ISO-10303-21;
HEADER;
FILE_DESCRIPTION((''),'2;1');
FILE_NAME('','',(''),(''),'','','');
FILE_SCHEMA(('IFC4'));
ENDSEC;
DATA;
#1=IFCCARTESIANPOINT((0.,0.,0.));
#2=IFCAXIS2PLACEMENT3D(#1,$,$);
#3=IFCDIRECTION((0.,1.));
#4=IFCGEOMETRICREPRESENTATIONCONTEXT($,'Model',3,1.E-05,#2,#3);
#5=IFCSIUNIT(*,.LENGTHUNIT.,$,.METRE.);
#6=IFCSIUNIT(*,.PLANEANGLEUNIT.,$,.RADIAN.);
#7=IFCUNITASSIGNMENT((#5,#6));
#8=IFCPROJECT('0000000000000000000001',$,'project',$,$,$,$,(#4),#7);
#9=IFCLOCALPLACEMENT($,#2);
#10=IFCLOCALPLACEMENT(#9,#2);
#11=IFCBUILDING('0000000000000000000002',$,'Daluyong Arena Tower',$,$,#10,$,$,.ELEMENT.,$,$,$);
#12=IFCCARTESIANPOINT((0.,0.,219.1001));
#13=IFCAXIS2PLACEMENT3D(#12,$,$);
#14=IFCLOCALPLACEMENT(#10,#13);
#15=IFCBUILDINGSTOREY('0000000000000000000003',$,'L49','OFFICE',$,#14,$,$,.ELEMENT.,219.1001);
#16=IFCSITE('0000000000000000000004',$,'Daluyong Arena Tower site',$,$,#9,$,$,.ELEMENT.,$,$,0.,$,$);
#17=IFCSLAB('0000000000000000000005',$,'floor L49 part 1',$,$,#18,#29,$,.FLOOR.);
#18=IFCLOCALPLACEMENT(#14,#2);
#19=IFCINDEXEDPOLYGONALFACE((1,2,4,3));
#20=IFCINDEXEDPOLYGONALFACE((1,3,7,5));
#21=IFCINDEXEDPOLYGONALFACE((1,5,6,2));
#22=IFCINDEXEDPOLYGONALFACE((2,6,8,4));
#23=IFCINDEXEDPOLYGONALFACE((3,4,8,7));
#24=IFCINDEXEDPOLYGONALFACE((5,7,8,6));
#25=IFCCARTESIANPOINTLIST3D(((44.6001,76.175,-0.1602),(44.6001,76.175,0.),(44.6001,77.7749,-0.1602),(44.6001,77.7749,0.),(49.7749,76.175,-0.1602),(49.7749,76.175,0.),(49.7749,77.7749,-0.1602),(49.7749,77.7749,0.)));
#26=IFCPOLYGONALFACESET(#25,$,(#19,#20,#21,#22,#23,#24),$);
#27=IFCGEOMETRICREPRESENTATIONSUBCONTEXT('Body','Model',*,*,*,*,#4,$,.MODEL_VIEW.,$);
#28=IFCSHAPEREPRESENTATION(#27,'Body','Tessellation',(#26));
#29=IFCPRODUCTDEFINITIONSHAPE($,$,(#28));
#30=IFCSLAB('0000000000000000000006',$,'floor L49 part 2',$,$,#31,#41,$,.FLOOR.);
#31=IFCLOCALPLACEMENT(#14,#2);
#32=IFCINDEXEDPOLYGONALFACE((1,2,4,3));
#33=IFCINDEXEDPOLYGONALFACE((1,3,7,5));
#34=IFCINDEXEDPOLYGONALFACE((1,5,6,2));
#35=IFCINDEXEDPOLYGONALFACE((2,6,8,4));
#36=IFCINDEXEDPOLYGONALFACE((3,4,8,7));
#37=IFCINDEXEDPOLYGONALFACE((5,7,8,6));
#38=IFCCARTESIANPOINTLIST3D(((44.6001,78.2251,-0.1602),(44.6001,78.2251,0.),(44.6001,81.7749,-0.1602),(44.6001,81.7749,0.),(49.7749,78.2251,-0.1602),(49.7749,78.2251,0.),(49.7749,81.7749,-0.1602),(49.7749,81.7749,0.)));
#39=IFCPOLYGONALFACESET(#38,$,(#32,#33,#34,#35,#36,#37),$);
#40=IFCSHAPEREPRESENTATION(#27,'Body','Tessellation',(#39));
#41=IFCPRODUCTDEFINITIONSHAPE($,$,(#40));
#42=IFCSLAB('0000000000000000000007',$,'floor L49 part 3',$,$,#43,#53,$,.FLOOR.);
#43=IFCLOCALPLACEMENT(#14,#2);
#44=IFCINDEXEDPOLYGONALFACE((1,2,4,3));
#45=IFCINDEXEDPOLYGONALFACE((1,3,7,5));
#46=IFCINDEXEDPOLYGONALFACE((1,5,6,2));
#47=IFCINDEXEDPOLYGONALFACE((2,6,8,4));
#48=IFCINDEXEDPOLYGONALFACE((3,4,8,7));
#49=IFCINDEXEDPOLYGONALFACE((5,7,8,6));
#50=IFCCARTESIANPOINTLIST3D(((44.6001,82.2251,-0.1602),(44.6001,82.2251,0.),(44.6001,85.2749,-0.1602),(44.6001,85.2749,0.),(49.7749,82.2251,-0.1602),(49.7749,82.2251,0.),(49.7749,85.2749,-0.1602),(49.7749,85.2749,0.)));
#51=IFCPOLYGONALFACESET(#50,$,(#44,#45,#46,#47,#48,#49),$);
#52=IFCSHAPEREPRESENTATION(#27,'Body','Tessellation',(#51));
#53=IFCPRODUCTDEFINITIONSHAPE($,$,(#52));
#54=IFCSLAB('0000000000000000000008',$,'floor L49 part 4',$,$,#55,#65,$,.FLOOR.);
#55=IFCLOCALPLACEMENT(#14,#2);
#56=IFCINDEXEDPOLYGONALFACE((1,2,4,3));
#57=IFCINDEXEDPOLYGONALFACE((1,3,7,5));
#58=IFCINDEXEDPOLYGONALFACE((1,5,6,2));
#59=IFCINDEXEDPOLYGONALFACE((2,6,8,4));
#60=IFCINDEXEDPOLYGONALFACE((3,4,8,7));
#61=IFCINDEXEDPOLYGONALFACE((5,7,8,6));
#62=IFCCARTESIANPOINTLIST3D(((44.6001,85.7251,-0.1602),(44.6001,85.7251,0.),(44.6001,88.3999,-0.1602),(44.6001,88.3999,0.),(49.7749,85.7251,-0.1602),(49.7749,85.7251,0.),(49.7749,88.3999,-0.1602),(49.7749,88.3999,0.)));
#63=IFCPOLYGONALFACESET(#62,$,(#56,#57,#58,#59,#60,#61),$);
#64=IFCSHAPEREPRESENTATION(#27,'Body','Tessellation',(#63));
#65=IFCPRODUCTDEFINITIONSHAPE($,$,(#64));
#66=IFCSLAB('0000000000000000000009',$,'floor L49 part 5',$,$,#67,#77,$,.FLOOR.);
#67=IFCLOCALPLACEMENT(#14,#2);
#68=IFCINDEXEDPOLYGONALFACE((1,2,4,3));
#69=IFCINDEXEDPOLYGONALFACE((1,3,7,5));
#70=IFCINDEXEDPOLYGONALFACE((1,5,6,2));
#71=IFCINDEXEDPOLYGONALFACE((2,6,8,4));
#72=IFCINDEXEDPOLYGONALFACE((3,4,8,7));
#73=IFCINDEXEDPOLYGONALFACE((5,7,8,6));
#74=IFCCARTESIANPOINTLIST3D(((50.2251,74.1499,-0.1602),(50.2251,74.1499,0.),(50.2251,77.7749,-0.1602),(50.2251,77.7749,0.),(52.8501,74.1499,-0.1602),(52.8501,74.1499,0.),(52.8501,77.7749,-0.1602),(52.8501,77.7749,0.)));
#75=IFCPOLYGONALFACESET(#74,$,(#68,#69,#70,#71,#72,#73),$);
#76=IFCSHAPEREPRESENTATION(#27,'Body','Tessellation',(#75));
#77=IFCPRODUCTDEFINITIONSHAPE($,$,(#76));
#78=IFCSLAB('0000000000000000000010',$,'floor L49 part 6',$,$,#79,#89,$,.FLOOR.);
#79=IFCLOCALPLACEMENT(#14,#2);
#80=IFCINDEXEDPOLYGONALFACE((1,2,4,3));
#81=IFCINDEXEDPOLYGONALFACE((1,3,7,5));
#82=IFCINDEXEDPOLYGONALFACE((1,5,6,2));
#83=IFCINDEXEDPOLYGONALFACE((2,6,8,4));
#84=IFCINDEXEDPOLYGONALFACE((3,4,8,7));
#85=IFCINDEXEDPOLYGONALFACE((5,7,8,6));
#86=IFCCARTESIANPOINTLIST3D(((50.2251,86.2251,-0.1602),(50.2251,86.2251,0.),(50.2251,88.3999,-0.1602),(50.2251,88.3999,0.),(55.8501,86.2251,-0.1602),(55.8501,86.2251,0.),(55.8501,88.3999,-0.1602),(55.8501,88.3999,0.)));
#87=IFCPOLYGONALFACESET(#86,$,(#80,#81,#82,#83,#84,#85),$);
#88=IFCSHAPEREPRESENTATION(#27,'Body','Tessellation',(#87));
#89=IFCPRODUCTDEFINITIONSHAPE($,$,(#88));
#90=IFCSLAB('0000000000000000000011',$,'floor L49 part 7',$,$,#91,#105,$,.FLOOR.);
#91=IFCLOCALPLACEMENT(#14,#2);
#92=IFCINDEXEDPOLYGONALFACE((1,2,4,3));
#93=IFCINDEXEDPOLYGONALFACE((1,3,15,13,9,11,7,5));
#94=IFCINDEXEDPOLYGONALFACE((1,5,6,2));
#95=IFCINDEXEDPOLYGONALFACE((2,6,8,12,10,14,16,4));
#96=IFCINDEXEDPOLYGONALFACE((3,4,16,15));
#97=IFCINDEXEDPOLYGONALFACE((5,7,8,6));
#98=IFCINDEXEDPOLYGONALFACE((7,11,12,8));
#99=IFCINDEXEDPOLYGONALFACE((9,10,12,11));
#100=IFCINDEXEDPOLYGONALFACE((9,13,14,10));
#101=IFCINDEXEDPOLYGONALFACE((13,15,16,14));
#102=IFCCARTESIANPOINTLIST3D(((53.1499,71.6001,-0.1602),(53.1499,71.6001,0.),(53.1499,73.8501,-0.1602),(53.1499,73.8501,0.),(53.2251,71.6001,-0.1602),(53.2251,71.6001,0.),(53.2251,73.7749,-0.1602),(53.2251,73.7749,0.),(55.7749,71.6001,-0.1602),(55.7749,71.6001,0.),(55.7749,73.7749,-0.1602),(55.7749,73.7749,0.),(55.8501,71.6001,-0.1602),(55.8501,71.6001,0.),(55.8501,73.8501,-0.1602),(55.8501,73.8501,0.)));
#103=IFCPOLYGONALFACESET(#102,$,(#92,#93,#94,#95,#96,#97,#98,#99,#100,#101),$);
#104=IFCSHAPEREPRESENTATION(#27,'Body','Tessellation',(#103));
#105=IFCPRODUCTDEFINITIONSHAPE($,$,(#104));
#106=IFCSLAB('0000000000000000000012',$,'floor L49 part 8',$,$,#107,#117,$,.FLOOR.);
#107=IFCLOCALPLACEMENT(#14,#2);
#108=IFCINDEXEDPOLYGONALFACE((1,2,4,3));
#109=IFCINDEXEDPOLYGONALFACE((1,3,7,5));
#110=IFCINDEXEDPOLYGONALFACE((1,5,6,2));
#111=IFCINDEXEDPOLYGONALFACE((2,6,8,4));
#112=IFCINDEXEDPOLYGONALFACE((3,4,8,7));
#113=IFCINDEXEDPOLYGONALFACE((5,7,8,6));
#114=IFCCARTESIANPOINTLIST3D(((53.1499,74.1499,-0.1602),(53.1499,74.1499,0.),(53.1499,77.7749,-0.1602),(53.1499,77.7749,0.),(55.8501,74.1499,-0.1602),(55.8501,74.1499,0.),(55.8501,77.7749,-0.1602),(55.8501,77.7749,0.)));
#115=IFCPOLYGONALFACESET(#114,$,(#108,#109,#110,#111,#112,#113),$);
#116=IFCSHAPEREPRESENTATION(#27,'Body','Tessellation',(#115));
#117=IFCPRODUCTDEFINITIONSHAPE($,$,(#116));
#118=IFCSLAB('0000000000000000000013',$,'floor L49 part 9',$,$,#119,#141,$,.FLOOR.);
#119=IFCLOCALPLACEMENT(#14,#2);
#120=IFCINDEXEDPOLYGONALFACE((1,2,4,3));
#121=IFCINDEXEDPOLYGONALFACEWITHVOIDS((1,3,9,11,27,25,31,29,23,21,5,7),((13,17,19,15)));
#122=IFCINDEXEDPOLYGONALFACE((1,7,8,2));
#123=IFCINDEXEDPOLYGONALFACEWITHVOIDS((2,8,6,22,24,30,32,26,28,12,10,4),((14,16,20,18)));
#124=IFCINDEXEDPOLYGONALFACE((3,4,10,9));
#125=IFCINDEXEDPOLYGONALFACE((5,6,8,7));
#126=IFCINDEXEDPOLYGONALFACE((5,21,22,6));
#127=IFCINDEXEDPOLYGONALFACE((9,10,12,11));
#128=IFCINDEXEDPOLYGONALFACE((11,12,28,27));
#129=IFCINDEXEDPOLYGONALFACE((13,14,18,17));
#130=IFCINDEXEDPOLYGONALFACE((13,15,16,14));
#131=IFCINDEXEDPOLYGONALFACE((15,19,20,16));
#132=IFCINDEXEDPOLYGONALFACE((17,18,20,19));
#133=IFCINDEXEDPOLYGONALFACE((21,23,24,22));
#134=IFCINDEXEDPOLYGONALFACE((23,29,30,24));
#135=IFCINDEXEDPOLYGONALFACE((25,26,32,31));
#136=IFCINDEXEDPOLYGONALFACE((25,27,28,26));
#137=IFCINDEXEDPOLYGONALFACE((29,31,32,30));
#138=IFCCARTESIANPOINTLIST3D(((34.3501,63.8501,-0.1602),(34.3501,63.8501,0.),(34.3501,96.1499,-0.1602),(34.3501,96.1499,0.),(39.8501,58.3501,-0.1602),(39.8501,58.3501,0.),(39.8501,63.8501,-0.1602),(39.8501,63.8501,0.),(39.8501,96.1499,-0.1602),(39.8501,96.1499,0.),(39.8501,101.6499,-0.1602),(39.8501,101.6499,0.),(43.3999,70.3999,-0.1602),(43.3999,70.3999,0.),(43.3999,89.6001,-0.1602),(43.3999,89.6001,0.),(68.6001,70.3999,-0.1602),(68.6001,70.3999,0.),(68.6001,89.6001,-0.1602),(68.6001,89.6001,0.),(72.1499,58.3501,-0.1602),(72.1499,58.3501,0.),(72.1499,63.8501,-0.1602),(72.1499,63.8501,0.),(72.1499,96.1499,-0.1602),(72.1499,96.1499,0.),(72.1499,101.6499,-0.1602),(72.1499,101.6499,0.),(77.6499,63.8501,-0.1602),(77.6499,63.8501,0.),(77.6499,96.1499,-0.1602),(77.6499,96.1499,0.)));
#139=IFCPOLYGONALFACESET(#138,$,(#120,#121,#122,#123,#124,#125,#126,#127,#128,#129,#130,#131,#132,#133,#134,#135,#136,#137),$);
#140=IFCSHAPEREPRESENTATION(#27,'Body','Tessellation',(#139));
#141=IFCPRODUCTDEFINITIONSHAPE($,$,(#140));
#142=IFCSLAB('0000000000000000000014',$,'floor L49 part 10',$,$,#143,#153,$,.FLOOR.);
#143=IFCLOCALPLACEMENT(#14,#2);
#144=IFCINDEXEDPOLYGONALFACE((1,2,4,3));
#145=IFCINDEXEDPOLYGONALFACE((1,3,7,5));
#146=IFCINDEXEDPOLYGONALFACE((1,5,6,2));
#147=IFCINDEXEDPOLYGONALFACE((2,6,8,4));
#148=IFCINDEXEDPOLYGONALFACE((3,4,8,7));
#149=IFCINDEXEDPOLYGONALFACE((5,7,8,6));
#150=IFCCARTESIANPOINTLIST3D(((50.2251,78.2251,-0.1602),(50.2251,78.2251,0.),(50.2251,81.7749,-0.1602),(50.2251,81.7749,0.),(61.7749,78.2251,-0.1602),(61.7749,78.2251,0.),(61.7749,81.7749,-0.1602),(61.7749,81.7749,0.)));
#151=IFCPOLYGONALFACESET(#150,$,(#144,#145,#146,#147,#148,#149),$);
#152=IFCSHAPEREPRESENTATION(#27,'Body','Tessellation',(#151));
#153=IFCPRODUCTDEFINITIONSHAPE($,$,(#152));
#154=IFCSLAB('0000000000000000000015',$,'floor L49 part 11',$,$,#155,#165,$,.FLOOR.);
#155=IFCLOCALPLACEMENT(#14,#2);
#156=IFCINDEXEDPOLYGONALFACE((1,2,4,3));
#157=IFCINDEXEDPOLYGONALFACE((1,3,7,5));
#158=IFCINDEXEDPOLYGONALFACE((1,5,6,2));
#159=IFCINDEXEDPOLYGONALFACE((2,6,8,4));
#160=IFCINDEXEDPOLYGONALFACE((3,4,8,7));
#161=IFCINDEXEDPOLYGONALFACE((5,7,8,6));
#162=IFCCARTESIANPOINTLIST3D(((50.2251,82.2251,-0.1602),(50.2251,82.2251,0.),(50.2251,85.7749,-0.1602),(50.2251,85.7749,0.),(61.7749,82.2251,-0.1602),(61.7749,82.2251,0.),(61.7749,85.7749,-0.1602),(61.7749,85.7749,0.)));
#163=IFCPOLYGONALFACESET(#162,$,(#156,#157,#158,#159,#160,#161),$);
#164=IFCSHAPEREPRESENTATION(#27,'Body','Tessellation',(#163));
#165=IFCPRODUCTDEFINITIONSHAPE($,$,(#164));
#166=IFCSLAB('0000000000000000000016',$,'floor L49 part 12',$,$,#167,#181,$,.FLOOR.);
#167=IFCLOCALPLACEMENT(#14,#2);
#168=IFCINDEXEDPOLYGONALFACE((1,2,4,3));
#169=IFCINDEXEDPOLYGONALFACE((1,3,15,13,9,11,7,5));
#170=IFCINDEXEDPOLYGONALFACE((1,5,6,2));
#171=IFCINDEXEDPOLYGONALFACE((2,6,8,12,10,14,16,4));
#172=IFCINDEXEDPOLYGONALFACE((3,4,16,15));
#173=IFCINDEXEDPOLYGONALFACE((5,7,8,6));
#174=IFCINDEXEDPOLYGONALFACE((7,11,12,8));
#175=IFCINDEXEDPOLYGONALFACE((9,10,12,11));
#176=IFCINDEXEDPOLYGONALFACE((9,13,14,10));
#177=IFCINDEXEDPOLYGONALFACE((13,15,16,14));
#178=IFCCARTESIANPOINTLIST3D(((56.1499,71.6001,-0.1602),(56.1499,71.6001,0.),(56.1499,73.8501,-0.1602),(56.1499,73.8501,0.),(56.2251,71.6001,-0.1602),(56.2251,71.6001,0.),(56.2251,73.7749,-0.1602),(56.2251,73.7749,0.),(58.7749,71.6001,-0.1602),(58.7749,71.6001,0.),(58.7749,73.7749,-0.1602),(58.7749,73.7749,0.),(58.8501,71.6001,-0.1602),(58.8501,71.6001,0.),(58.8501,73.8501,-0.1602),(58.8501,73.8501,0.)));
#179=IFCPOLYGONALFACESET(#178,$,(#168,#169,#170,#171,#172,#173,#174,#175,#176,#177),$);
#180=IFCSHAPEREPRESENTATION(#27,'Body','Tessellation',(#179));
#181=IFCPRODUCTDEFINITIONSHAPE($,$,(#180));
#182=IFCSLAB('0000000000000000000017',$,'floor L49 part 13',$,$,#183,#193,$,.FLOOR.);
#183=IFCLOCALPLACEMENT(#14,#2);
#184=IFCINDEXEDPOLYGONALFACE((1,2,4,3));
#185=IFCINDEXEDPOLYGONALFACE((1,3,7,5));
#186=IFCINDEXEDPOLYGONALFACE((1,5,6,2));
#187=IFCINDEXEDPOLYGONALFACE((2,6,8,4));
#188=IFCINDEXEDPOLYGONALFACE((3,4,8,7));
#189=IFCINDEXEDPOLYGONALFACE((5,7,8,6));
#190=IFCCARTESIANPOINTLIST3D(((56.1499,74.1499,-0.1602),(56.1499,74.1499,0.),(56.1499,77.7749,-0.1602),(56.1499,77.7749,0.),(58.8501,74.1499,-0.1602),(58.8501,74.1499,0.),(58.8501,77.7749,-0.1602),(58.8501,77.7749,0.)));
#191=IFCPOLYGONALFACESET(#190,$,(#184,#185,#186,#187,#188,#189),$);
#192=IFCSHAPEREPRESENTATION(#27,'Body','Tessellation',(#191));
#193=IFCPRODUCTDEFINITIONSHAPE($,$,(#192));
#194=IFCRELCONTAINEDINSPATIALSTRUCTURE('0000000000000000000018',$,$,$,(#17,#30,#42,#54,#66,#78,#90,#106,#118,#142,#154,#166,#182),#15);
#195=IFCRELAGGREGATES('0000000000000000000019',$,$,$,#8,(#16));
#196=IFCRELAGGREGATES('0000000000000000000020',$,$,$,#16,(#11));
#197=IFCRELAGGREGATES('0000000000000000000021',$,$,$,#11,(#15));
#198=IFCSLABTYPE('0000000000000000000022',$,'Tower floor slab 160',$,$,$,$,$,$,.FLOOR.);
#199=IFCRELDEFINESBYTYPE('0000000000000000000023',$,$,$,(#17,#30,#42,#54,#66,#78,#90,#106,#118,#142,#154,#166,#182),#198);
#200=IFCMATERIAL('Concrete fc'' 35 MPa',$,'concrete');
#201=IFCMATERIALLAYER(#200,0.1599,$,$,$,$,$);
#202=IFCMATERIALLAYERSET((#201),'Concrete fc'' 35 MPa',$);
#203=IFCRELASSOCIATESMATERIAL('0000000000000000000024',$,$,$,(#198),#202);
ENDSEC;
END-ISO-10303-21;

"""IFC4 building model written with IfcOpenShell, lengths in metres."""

from ifc_helpers import new_model, si_unit, direction, frame, origin, place, context, subcontext, project, spatial, polyline, outline, extrude, material, layer, layer_set, type_object, element, save


model = new_model("IFC4")

# Units and contexts
model_context = context("Model", 3, precision=1e-05, world=origin(), true_north=direction((0.0, 1.0)))
body_context = subcontext(model_context, "Body", "Model", "MODEL_VIEW")
ifc_project = project(units=[si_unit("LENGTHUNIT", "METRE"), si_unit("PLANEANGLEUNIT", "RADIAN")], contexts=[model_context])

# Site, building, storey
site_placement = place(None, origin())
site = spatial("IfcSite", under=ifc_project, at=site_placement, Name="Daluyong Arena Tower site", CompositionType="ELEMENT", RefElevation=0.0)
building_placement = place(site_placement, origin())
building = spatial("IfcBuilding", under=site, at=building_placement, Name="Daluyong Arena Tower", CompositionType="ELEMENT")
storey_placement = place(building_placement, frame((0.0, 0.0, 219.1001)))
storey = spatial("IfcBuildingStorey", under=building, at=storey_placement, Name="L49", Description="OFFICE", CompositionType="ELEMENT", Elevation=219.1001)

# Slabs
ifc_material_1 = material(Name="Concrete fc' 35 MPa", Category="concrete")
ifc_layer_1 = layer(ifc_material_1, 0.1599)
ifc_layer_set_1 = layer_set([ifc_layer_1], Name="Concrete fc' 35 MPa")
slab_type = type_object("IfcSlabType", Name="Tower floor slab 160", PredefinedType="FLOOR", material=ifc_layer_set_1)
slab_1_placement = place(storey_placement, frame((0.0, 0.0, -0.1602)))
element("IfcSlab", 1, at=slab_1_placement, inside=storey, type_object=slab_type, Name="floor L49 part 1", PredefinedType="FLOOR", context=body_context, shape_type="SweptSolid", body=[
    extrude(outline(polyline([(49.7749, 77.7749), (44.6001, 77.7749), (44.6001, 76.175), (49.7749, 76.175), (49.7749, 77.7749)])), origin(), (0.0, 0.0, 1.0), 0.1602),
])
slab_2_placement = place(storey_placement, frame((0.0, 0.0, -0.1602)))
element("IfcSlab", 2, at=slab_2_placement, inside=storey, type_object=slab_type, Name="floor L49 part 2", PredefinedType="FLOOR", context=body_context, shape_type="SweptSolid", body=[
    extrude(outline(polyline([(49.7749, 78.2251), (49.7749, 81.7749), (44.6001, 81.7749), (44.6001, 78.2251), (49.7749, 78.2251)])), origin(), (0.0, 0.0, 1.0), 0.1602),
])
slab_3_placement = place(storey_placement, frame((0.0, 0.0, -0.1602)))
element("IfcSlab", 3, at=slab_3_placement, inside=storey, type_object=slab_type, Name="floor L49 part 3", PredefinedType="FLOOR", context=body_context, shape_type="SweptSolid", body=[
    extrude(outline(polyline([(44.6001, 85.2749), (44.6001, 82.2251), (49.7749, 82.2251), (49.7749, 85.2749), (44.6001, 85.2749)])), origin(), (0.0, 0.0, 1.0), 0.1602),
])
slab_4_placement = place(storey_placement, frame((0.0, 0.0, -0.1602)))
element("IfcSlab", 4, at=slab_4_placement, inside=storey, type_object=slab_type, Name="floor L49 part 4", PredefinedType="FLOOR", context=body_context, shape_type="SweptSolid", body=[
    extrude(outline(polyline([(44.6001, 88.3999), (44.6001, 85.7251), (49.7749, 85.7251), (49.7749, 88.3999), (44.6001, 88.3999)])), origin(), (0.0, 0.0, 1.0), 0.1602),
])
slab_5_placement = place(storey_placement, frame((0.0, 0.0, -0.1602)))
element("IfcSlab", 5, at=slab_5_placement, inside=storey, type_object=slab_type, Name="floor L49 part 5", PredefinedType="FLOOR", context=body_context, shape_type="SweptSolid", body=[
    extrude(outline(polyline([(52.8501, 74.1499), (52.8501, 77.7749), (50.2251, 77.7749), (50.2251, 74.1499), (52.8501, 74.1499)])), origin(), (0.0, 0.0, 1.0), 0.1602),
])
slab_6_placement = place(storey_placement, frame((0.0, 0.0, -0.1602)))
element("IfcSlab", 6, at=slab_6_placement, inside=storey, type_object=slab_type, Name="floor L49 part 6", PredefinedType="FLOOR", context=body_context, shape_type="SweptSolid", body=[
    extrude(outline(polyline([(50.2251, 88.3999), (50.2251, 86.2251), (55.8501, 86.2251), (55.8501, 88.3999), (50.2251, 88.3999)])), origin(), (0.0, 0.0, 1.0), 0.1602),
])
slab_7_placement = place(storey_placement, frame((0.0, 0.0, -0.1602)))
element("IfcSlab", 7, at=slab_7_placement, inside=storey, type_object=slab_type, Name="floor L49 part 7", PredefinedType="FLOOR", context=body_context, shape_type="SweptSolid", body=[
    extrude(outline(polyline([(53.2251, 71.6001), (53.2251, 73.7749), (55.7749, 73.7749), (55.7749, 71.6001), (55.8501, 71.6001), (55.8501, 73.8501), (53.1499, 73.8501), (53.1499, 71.6001), (53.2251, 71.6001)])), origin(), (0.0, 0.0, 1.0), 0.1602),
])
slab_8_placement = place(storey_placement, frame((0.0, 0.0, -0.1602)))
element("IfcSlab", 8, at=slab_8_placement, inside=storey, type_object=slab_type, Name="floor L49 part 8", PredefinedType="FLOOR", context=body_context, shape_type="SweptSolid", body=[
    extrude(outline(polyline([(53.1499, 74.1499), (55.8501, 74.1499), (55.8501, 77.7749), (53.1499, 77.7749), (53.1499, 74.1499)])), origin(), (0.0, 0.0, 1.0), 0.1602),
])
slab_9_placement = place(storey_placement, frame((0.0, 0.0, -0.1602)))
element("IfcSlab", 9, at=slab_9_placement, inside=storey, type_object=slab_type, Name="floor L49 part 9", PredefinedType="FLOOR", context=body_context, shape_type="SweptSolid", body=[
    extrude(outline(polyline([(39.8501, 63.8501), (39.8501, 58.3501), (72.1499, 58.3501), (72.1499, 63.8501), (77.6499, 63.8501), (77.6499, 96.1499), (72.1499, 96.1499), (72.1499, 101.6499), (39.8501, 101.6499), (39.8501, 96.1499), (34.3501, 96.1499), (34.3501, 63.8501), (39.8501, 63.8501)]), holes=[polyline([(68.6001, 89.6001), (68.6001, 70.3999), (43.3999, 70.3999), (43.3999, 89.6001), (68.6001, 89.6001)])]), origin(), (0.0, 0.0, 1.0), 0.1602),
])
slab_10_placement = place(storey_placement, frame((0.0, 0.0, -0.1602)))
element("IfcSlab", 10, at=slab_10_placement, inside=storey, type_object=slab_type, Name="floor L49 part 10", PredefinedType="FLOOR", context=body_context, shape_type="SweptSolid", body=[
    extrude(outline(polyline([(50.2251, 81.7749), (50.2251, 78.2251), (61.7749, 78.2251), (61.7749, 81.7749), (50.2251, 81.7749)])), origin(), (0.0, 0.0, 1.0), 0.1602),
])
slab_11_placement = place(storey_placement, frame((0.0, 0.0, -0.1602)))
element("IfcSlab", 11, at=slab_11_placement, inside=storey, type_object=slab_type, Name="floor L49 part 11", PredefinedType="FLOOR", context=body_context, shape_type="SweptSolid", body=[
    extrude(outline(polyline([(50.2251, 85.7749), (50.2251, 82.2251), (61.7749, 82.2251), (61.7749, 85.7749), (50.2251, 85.7749)])), origin(), (0.0, 0.0, 1.0), 0.1602),
])
slab_12_placement = place(storey_placement, frame((0.0, 0.0, -0.1602)))
element("IfcSlab", 12, at=slab_12_placement, inside=storey, type_object=slab_type, Name="floor L49 part 12", PredefinedType="FLOOR", context=body_context, shape_type="SweptSolid", body=[
    extrude(outline(polyline([(56.2251, 71.6001), (56.2251, 73.7749), (58.7749, 73.7749), (58.7749, 71.6001), (58.8501, 71.6001), (58.8501, 73.8501), (56.1499, 73.8501), (56.1499, 71.6001), (56.2251, 71.6001)])), origin(), (0.0, 0.0, 1.0), 0.1602),
])
slab_13_placement = place(storey_placement, frame((0.0, 0.0, -0.1602)))
element("IfcSlab", 13, at=slab_13_placement, inside=storey, type_object=slab_type, Name="floor L49 part 13", PredefinedType="FLOOR", context=body_context, shape_type="SweptSolid", body=[
    extrude(outline(polyline([(58.8501, 77.7749), (56.1499, 77.7749), (56.1499, 74.1499), (58.8501, 74.1499), (58.8501, 77.7749)])), origin(), (0.0, 0.0, 1.0), 0.1602),
])

save(model, "model.ifc")
